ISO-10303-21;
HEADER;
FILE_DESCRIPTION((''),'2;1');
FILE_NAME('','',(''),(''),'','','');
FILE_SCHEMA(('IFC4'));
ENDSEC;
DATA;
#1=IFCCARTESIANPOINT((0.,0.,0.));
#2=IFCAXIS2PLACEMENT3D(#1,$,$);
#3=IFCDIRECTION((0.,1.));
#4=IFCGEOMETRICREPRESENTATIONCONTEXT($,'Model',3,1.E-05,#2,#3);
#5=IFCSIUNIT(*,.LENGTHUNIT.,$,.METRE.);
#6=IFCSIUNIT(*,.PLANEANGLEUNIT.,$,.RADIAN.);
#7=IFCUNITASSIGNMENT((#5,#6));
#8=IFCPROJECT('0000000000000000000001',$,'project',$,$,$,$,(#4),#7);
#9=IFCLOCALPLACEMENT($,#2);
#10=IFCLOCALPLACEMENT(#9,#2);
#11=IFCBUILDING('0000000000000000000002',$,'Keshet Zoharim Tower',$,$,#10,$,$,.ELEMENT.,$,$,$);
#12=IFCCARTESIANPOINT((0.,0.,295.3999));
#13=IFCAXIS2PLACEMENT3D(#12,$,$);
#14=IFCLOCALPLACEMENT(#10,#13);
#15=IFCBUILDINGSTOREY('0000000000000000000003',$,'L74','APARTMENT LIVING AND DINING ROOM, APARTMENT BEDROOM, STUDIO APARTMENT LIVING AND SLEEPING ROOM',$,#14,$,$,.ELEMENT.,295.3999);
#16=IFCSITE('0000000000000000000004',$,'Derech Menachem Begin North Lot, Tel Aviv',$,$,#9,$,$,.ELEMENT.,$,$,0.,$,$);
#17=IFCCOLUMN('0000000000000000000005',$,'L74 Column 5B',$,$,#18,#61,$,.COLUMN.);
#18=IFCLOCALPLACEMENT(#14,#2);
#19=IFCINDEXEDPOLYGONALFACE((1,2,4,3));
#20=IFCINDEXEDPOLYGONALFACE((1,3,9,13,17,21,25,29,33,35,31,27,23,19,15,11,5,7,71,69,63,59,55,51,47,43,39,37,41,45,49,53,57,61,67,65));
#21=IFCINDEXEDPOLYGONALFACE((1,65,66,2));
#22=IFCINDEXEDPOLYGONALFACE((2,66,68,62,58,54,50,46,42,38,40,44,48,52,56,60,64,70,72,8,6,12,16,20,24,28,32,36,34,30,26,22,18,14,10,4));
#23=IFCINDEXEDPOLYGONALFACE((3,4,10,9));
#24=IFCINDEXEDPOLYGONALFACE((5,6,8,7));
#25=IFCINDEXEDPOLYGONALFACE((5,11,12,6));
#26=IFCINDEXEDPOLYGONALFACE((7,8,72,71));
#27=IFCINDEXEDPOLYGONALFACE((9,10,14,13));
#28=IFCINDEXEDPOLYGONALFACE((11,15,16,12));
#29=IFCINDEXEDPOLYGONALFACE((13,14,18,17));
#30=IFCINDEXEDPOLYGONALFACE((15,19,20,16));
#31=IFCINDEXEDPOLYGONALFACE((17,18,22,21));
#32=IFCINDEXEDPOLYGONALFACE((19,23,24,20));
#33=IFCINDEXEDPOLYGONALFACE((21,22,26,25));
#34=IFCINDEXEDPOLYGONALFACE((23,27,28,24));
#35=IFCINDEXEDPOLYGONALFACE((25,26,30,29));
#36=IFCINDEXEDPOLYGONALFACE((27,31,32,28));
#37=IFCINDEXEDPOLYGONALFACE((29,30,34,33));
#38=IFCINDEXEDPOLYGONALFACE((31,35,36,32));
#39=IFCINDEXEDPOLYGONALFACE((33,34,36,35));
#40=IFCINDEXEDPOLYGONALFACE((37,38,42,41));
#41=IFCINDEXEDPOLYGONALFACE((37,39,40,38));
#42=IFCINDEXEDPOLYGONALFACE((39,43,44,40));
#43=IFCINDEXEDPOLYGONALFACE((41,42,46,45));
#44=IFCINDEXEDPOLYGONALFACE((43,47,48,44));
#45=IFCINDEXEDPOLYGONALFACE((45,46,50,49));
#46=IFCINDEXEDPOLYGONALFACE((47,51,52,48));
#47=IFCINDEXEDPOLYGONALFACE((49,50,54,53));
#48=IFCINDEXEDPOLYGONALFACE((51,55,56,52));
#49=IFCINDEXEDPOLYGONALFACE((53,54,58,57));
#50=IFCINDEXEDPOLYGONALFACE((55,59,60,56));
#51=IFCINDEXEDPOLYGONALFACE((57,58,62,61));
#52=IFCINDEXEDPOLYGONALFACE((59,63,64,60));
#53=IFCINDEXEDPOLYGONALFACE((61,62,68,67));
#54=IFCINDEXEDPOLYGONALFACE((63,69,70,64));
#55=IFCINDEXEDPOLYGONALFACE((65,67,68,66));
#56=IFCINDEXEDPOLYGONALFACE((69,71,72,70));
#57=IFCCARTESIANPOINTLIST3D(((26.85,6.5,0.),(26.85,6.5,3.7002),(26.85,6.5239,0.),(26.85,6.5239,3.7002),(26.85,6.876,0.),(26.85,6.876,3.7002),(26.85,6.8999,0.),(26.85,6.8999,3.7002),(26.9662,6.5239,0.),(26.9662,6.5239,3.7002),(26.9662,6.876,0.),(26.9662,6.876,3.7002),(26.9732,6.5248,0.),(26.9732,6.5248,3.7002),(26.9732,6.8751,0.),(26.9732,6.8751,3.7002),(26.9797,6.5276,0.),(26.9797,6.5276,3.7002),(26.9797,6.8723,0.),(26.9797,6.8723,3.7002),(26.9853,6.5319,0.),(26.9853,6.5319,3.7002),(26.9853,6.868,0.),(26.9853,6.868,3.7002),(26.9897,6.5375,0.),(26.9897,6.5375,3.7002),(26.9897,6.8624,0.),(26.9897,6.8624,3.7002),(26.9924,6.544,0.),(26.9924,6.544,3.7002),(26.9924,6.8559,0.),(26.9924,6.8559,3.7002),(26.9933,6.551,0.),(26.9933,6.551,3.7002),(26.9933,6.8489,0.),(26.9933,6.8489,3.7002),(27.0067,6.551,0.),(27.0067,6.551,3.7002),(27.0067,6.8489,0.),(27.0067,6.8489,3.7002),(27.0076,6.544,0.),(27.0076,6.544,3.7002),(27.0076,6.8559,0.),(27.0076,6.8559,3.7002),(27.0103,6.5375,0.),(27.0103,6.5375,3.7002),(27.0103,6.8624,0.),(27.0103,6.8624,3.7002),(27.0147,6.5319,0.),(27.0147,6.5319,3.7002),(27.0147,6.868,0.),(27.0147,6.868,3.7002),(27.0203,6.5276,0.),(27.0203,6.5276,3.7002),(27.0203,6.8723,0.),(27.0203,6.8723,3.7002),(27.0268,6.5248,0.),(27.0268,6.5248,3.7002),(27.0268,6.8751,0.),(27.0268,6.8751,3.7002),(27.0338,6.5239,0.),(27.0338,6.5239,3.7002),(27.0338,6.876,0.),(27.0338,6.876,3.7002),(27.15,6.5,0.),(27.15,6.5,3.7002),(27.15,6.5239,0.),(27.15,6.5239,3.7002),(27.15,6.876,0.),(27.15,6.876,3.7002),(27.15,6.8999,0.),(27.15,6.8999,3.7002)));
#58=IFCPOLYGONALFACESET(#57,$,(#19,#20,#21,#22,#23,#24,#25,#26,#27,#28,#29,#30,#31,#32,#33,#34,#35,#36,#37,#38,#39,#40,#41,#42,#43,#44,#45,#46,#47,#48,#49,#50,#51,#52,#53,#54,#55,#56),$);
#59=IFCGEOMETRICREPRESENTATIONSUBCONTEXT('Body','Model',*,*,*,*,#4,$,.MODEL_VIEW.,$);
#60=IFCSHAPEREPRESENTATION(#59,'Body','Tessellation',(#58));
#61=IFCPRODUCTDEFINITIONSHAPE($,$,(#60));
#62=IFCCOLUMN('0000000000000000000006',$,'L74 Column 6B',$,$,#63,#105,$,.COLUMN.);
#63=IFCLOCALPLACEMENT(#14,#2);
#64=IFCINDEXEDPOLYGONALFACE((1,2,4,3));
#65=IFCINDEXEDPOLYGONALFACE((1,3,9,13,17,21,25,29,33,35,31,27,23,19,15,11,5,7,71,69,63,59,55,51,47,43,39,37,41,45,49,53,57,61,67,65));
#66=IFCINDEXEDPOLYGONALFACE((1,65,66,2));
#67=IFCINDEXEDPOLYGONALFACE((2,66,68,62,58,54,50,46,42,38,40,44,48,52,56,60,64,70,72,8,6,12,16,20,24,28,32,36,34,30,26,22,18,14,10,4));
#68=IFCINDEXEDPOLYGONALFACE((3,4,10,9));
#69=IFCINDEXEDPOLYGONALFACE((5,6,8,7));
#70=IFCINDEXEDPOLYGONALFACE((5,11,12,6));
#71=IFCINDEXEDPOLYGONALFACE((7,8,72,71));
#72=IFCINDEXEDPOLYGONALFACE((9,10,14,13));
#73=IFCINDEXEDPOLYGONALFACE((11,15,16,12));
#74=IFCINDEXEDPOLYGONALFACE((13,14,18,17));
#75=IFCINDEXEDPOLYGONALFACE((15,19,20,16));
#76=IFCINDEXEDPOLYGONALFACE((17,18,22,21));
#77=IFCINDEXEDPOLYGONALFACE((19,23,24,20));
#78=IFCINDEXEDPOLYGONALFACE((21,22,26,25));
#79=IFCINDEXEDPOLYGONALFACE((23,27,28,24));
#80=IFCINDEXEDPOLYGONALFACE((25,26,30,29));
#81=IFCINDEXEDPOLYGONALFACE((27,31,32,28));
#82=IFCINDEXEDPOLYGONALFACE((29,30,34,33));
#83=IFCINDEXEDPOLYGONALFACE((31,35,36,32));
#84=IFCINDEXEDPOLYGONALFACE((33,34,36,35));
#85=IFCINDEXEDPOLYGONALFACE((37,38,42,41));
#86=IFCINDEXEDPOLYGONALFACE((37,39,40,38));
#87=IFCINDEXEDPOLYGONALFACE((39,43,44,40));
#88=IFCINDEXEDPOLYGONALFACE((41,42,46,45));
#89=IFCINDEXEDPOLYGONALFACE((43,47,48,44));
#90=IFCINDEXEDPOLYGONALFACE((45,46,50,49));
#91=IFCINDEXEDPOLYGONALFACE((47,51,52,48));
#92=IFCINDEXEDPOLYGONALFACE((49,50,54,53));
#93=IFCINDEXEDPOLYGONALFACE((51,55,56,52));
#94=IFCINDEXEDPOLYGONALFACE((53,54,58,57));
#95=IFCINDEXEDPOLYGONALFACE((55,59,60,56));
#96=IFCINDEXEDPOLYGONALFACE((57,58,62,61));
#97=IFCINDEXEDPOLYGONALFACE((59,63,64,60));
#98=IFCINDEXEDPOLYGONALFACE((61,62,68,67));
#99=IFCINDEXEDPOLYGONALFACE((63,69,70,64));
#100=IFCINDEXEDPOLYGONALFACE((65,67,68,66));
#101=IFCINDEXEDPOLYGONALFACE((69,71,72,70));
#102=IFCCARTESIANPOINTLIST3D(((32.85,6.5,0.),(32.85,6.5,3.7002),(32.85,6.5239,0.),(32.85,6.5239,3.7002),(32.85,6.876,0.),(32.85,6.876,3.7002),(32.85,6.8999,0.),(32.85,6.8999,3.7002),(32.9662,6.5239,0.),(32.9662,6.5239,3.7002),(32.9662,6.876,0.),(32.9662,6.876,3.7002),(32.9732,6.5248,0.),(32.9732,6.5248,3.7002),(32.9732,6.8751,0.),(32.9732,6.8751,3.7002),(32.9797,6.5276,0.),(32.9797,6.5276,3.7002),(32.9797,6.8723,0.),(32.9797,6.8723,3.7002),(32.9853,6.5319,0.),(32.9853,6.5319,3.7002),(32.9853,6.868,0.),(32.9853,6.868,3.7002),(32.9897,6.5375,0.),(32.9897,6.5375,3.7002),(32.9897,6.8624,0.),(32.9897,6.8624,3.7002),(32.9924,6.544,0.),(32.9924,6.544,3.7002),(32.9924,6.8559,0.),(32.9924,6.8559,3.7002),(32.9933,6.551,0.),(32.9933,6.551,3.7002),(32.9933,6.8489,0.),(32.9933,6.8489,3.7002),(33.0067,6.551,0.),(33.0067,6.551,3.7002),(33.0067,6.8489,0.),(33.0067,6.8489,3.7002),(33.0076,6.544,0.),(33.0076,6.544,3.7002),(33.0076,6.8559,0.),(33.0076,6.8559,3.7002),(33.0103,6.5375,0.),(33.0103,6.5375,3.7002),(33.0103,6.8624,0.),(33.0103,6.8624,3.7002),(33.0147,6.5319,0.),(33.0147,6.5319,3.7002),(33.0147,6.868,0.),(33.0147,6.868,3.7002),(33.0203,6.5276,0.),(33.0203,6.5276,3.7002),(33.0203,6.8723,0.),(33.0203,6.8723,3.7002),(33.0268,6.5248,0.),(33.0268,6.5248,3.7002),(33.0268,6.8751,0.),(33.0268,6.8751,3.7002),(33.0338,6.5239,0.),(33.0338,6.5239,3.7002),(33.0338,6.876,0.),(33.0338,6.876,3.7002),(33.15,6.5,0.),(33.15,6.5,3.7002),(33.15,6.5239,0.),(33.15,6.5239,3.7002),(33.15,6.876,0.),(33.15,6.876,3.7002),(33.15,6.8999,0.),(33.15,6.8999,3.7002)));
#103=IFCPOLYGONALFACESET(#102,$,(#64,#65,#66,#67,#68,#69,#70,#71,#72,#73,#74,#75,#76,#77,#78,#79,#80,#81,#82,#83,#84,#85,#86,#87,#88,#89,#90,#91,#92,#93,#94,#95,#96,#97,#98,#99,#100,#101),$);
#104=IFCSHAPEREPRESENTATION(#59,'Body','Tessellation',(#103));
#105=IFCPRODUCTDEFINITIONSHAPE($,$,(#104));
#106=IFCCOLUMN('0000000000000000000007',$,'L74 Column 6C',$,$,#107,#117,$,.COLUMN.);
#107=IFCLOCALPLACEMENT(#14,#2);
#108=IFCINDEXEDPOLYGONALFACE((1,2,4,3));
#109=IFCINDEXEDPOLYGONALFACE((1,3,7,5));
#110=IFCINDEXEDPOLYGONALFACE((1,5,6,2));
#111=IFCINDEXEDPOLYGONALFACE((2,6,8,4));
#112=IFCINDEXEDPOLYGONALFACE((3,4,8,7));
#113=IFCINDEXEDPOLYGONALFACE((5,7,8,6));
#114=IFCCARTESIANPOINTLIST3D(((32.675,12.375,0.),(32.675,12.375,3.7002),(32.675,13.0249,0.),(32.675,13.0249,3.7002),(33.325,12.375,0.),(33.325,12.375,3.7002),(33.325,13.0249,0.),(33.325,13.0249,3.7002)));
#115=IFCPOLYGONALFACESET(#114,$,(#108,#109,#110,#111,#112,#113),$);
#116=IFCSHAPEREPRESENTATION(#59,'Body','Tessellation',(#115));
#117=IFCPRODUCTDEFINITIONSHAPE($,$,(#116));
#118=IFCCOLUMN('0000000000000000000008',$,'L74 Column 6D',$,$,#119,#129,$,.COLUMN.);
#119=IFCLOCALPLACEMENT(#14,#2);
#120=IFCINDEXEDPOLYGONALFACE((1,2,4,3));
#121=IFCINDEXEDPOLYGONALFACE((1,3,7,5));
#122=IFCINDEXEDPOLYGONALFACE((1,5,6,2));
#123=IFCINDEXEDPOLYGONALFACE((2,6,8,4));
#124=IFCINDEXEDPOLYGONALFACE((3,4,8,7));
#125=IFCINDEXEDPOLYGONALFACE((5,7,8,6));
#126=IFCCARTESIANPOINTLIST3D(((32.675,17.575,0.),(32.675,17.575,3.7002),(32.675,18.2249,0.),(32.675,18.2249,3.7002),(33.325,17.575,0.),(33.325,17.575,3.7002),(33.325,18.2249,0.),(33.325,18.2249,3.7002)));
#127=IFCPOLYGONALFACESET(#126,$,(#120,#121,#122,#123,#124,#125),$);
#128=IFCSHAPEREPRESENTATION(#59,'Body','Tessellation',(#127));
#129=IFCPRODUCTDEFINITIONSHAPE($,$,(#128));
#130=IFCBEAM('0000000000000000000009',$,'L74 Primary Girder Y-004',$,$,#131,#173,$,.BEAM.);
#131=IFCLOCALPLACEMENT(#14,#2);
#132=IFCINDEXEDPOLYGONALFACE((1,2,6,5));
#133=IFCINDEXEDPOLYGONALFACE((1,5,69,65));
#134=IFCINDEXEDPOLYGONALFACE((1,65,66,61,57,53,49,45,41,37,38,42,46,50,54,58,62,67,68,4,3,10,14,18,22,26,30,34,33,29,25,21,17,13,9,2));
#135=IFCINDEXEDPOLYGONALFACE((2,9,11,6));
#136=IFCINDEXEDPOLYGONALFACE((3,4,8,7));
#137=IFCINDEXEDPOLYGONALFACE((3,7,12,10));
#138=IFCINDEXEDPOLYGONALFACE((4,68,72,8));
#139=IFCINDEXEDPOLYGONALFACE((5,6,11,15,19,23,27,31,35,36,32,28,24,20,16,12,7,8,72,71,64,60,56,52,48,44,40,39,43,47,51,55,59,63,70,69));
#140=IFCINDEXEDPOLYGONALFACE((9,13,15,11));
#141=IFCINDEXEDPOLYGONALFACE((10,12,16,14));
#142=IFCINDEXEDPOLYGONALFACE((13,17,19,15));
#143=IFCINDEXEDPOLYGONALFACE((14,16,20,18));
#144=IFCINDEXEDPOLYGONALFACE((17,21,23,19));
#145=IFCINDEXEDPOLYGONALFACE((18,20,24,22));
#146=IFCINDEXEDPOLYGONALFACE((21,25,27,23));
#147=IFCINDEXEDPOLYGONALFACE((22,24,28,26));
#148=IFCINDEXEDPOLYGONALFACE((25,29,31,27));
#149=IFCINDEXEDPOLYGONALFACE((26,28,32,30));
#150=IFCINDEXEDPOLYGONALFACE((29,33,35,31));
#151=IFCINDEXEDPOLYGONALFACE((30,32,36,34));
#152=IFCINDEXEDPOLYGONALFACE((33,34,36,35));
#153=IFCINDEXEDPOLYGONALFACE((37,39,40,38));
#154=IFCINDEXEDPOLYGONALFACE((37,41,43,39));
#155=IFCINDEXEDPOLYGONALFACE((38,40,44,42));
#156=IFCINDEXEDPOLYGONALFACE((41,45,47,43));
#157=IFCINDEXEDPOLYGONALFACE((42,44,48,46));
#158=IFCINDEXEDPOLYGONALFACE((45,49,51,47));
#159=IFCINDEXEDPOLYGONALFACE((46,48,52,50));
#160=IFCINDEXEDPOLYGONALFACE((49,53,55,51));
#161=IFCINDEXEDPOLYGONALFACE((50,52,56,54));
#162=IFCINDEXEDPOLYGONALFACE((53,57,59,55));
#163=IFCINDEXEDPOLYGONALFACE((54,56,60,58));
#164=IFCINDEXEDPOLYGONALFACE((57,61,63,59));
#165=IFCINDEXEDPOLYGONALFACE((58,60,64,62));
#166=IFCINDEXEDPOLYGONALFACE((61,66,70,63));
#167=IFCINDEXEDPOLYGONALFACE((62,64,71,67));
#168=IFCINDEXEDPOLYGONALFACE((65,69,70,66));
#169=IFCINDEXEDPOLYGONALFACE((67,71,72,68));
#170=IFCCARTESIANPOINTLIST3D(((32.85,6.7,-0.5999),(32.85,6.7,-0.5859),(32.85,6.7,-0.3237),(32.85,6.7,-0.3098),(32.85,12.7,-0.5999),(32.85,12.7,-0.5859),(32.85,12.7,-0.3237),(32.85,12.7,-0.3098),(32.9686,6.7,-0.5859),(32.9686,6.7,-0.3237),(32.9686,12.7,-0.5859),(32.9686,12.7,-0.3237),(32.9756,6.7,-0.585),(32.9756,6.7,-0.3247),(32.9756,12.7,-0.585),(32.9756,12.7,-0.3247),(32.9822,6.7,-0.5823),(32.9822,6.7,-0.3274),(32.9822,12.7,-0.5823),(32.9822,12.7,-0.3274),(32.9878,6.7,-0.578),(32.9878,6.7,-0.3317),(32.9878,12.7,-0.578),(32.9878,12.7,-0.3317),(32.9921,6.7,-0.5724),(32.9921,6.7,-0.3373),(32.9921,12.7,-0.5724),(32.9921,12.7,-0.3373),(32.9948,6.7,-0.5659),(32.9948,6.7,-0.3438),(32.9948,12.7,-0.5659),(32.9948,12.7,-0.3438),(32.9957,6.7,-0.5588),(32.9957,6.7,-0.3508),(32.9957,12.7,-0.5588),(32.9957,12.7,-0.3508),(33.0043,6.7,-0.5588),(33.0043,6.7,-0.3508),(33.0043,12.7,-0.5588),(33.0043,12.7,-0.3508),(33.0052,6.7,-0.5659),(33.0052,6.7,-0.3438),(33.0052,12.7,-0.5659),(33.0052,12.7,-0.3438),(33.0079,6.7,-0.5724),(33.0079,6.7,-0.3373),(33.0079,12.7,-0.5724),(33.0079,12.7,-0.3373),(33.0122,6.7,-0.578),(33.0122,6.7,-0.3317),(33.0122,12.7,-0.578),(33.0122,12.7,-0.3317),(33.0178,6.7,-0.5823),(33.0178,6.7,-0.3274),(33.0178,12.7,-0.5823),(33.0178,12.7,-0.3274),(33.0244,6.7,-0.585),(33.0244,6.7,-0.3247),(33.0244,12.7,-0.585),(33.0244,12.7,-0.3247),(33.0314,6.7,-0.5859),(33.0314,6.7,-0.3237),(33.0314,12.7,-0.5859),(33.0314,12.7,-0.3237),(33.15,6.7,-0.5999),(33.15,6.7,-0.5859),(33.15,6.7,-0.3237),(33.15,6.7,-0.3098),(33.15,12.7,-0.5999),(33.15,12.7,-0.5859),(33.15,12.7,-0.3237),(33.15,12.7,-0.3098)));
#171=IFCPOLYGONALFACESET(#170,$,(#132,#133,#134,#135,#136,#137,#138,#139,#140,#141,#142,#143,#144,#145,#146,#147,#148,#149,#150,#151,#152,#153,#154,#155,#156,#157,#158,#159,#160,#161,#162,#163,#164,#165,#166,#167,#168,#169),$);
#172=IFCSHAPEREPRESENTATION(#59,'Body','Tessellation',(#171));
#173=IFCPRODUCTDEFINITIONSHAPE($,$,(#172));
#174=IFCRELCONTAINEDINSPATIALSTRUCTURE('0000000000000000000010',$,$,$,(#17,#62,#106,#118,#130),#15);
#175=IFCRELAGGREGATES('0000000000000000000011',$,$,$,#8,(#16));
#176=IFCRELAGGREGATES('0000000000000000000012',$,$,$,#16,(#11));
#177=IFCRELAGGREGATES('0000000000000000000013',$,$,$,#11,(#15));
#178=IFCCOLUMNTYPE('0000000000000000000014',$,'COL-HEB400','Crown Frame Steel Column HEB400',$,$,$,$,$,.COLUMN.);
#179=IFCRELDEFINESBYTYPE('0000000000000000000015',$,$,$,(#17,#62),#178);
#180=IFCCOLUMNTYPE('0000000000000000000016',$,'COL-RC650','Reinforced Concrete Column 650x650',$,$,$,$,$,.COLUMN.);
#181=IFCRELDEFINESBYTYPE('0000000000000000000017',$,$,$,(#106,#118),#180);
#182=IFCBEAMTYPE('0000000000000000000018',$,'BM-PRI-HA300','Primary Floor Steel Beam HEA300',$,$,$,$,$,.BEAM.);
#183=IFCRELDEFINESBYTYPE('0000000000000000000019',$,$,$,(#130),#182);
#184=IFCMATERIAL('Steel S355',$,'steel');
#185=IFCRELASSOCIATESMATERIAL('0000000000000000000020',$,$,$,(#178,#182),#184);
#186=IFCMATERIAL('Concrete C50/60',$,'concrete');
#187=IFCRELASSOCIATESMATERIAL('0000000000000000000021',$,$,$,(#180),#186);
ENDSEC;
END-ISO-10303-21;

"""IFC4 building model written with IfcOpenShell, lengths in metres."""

from ifc_helpers import new_model, si_unit, direction, frame, origin, origin_2d, place, context, subcontext, project, spatial, rectangle, i_section, extrude, material, material_profile, profile_set, type_object, element, save


model = new_model("IFC4")

# Units and contexts
model_context = context("Model", 3, precision=1e-05, world=origin(), true_north=direction((0.0, 1.0)))
body_context = subcontext(model_context, "Body", "Model", "MODEL_VIEW")
ifc_project = project(units=[si_unit("LENGTHUNIT", "METRE"), si_unit("PLANEANGLEUNIT", "RADIAN")], contexts=[model_context])

# Site, building, storey
site_placement = place(None, origin())
site = spatial("IfcSite", under=ifc_project, at=site_placement, Name="Derech Menachem Begin North Lot, Tel Aviv", CompositionType="ELEMENT", RefElevation=0.0)
building_placement = place(site_placement, origin())
building = spatial("IfcBuilding", under=site, at=building_placement, Name="Keshet Zoharim Tower", CompositionType="ELEMENT")
storey_placement = place(building_placement, frame((0.0, 0.0, 295.3999)))
storey = spatial("IfcBuildingStorey", under=building, at=storey_placement, Name="L74", Description="APARTMENT LIVING AND DINING ROOM, APARTMENT BEDROOM, STUDIO APARTMENT LIVING AND SLEEPING ROOM", CompositionType="ELEMENT", Elevation=295.3999)

# Columns
ifc_material_1 = material(Name="Steel S355", Category="steel")
ifc_material_profile_1 = material_profile(ifc_material_1, i_section(OverallWidth=0.3, OverallDepth=0.3999, WebThickness=0.0134, FlangeThickness=0.0239, FilletRadius=0.0271, at=origin_2d()), Name="HEB400")
ifc_profile_set_1 = profile_set([ifc_material_profile_1], Name="Steel S355")
column_type_1 = type_object("IfcColumnType", Name="COL-HEB400", Description="Crown Frame Steel Column HEB400", PredefinedType="COLUMN", material=ifc_profile_set_1)
for number, where, z_axis, x_axis, name in (
    (1, (27.0, 6.7, 0.0), (0.0, 0.0, 1.0), (1.0, 0.0, 0.0), "L74 Column 5B"),
    (2, (33.0, 6.7, 0.0), (0.0, 0.0, 1.0), (1.0, 0.0, 0.0), "L74 Column 6B"),
):
    element("IfcColumn", number, at=place(storey_placement, frame(where, z_axis=z_axis, x_axis=x_axis)), inside=storey, type_object=column_type_1, Name=name, PredefinedType="COLUMN", context=body_context, shape_type="SweptSolid", body=[
        extrude(i_section(OverallWidth=0.3, OverallDepth=0.3999, WebThickness=0.0134, FlangeThickness=0.0239, FilletRadius=0.0271, at=origin_2d()), origin(), (0.0, 0.0, 1.0), 3.7002),
    ])
ifc_material_2 = material(Name="Concrete C50/60", Category="concrete")
ifc_material_profile_2 = material_profile(ifc_material_2, rectangle(XDim=0.6499, YDim=0.6499, at=origin_2d()), Name="RC650x650")
ifc_profile_set_2 = profile_set([ifc_material_profile_2], Name="Concrete C50/60")
column_type_2 = type_object("IfcColumnType", Name="COL-RC650", Description="Reinforced Concrete Column 650x650", PredefinedType="COLUMN", material=ifc_profile_set_2)
for number, where, z_axis, x_axis, name in (
    (3, (33.0, 12.7, 0.0), (0.0, 0.0, 1.0), (1.0, 0.0, 0.0), "L74 Column 6C"),
    (4, (33.0, 17.8999, 0.0), (0.0, 0.0, 1.0), (1.0, 0.0, 0.0), "L74 Column 6D"),
):
    element("IfcColumn", number, at=place(storey_placement, frame(where, z_axis=z_axis, x_axis=x_axis)), inside=storey, type_object=column_type_2, Name=name, PredefinedType="COLUMN", context=body_context, shape_type="SweptSolid", body=[
        extrude(rectangle(XDim=0.6499, YDim=0.6499, at=origin_2d()), origin(), (0.0, 0.0, 1.0), 3.7002),
    ])

# Beam
ifc_material_profile_3 = material_profile(ifc_material_1, i_section(OverallWidth=0.3, OverallDepth=0.29, WebThickness=0.0085, FlangeThickness=0.0139, FilletRadius=0.0271, at=origin_2d()), Name="HEA300")
ifc_profile_set_3 = profile_set([ifc_material_profile_3], Name="Steel S355")
beam_type_1 = type_object("IfcBeamType", Name="BM-PRI-HA300", Description="Primary Floor Steel Beam HEA300", PredefinedType="BEAM", material=ifc_profile_set_3)
beam_1_placement = place(storey_placement, frame((33.0, 6.7, -0.4548), z_axis=(0.0, 1.0, 0.0), x_axis=(-1.0, 0.0, 0.0)))
element("IfcBeam", 5, at=beam_1_placement, inside=storey, type_object=beam_type_1, Name="L74 Primary Girder Y-004", PredefinedType="BEAM", context=body_context, shape_type="SweptSolid", body=[
    extrude(i_section(OverallWidth=0.3, OverallDepth=0.29, WebThickness=0.0085, FlangeThickness=0.0139, FilletRadius=0.0271, at=origin_2d()), origin(), (0.0, 0.0, 1.0), 6.0),
])

save(model, "model.ifc")
